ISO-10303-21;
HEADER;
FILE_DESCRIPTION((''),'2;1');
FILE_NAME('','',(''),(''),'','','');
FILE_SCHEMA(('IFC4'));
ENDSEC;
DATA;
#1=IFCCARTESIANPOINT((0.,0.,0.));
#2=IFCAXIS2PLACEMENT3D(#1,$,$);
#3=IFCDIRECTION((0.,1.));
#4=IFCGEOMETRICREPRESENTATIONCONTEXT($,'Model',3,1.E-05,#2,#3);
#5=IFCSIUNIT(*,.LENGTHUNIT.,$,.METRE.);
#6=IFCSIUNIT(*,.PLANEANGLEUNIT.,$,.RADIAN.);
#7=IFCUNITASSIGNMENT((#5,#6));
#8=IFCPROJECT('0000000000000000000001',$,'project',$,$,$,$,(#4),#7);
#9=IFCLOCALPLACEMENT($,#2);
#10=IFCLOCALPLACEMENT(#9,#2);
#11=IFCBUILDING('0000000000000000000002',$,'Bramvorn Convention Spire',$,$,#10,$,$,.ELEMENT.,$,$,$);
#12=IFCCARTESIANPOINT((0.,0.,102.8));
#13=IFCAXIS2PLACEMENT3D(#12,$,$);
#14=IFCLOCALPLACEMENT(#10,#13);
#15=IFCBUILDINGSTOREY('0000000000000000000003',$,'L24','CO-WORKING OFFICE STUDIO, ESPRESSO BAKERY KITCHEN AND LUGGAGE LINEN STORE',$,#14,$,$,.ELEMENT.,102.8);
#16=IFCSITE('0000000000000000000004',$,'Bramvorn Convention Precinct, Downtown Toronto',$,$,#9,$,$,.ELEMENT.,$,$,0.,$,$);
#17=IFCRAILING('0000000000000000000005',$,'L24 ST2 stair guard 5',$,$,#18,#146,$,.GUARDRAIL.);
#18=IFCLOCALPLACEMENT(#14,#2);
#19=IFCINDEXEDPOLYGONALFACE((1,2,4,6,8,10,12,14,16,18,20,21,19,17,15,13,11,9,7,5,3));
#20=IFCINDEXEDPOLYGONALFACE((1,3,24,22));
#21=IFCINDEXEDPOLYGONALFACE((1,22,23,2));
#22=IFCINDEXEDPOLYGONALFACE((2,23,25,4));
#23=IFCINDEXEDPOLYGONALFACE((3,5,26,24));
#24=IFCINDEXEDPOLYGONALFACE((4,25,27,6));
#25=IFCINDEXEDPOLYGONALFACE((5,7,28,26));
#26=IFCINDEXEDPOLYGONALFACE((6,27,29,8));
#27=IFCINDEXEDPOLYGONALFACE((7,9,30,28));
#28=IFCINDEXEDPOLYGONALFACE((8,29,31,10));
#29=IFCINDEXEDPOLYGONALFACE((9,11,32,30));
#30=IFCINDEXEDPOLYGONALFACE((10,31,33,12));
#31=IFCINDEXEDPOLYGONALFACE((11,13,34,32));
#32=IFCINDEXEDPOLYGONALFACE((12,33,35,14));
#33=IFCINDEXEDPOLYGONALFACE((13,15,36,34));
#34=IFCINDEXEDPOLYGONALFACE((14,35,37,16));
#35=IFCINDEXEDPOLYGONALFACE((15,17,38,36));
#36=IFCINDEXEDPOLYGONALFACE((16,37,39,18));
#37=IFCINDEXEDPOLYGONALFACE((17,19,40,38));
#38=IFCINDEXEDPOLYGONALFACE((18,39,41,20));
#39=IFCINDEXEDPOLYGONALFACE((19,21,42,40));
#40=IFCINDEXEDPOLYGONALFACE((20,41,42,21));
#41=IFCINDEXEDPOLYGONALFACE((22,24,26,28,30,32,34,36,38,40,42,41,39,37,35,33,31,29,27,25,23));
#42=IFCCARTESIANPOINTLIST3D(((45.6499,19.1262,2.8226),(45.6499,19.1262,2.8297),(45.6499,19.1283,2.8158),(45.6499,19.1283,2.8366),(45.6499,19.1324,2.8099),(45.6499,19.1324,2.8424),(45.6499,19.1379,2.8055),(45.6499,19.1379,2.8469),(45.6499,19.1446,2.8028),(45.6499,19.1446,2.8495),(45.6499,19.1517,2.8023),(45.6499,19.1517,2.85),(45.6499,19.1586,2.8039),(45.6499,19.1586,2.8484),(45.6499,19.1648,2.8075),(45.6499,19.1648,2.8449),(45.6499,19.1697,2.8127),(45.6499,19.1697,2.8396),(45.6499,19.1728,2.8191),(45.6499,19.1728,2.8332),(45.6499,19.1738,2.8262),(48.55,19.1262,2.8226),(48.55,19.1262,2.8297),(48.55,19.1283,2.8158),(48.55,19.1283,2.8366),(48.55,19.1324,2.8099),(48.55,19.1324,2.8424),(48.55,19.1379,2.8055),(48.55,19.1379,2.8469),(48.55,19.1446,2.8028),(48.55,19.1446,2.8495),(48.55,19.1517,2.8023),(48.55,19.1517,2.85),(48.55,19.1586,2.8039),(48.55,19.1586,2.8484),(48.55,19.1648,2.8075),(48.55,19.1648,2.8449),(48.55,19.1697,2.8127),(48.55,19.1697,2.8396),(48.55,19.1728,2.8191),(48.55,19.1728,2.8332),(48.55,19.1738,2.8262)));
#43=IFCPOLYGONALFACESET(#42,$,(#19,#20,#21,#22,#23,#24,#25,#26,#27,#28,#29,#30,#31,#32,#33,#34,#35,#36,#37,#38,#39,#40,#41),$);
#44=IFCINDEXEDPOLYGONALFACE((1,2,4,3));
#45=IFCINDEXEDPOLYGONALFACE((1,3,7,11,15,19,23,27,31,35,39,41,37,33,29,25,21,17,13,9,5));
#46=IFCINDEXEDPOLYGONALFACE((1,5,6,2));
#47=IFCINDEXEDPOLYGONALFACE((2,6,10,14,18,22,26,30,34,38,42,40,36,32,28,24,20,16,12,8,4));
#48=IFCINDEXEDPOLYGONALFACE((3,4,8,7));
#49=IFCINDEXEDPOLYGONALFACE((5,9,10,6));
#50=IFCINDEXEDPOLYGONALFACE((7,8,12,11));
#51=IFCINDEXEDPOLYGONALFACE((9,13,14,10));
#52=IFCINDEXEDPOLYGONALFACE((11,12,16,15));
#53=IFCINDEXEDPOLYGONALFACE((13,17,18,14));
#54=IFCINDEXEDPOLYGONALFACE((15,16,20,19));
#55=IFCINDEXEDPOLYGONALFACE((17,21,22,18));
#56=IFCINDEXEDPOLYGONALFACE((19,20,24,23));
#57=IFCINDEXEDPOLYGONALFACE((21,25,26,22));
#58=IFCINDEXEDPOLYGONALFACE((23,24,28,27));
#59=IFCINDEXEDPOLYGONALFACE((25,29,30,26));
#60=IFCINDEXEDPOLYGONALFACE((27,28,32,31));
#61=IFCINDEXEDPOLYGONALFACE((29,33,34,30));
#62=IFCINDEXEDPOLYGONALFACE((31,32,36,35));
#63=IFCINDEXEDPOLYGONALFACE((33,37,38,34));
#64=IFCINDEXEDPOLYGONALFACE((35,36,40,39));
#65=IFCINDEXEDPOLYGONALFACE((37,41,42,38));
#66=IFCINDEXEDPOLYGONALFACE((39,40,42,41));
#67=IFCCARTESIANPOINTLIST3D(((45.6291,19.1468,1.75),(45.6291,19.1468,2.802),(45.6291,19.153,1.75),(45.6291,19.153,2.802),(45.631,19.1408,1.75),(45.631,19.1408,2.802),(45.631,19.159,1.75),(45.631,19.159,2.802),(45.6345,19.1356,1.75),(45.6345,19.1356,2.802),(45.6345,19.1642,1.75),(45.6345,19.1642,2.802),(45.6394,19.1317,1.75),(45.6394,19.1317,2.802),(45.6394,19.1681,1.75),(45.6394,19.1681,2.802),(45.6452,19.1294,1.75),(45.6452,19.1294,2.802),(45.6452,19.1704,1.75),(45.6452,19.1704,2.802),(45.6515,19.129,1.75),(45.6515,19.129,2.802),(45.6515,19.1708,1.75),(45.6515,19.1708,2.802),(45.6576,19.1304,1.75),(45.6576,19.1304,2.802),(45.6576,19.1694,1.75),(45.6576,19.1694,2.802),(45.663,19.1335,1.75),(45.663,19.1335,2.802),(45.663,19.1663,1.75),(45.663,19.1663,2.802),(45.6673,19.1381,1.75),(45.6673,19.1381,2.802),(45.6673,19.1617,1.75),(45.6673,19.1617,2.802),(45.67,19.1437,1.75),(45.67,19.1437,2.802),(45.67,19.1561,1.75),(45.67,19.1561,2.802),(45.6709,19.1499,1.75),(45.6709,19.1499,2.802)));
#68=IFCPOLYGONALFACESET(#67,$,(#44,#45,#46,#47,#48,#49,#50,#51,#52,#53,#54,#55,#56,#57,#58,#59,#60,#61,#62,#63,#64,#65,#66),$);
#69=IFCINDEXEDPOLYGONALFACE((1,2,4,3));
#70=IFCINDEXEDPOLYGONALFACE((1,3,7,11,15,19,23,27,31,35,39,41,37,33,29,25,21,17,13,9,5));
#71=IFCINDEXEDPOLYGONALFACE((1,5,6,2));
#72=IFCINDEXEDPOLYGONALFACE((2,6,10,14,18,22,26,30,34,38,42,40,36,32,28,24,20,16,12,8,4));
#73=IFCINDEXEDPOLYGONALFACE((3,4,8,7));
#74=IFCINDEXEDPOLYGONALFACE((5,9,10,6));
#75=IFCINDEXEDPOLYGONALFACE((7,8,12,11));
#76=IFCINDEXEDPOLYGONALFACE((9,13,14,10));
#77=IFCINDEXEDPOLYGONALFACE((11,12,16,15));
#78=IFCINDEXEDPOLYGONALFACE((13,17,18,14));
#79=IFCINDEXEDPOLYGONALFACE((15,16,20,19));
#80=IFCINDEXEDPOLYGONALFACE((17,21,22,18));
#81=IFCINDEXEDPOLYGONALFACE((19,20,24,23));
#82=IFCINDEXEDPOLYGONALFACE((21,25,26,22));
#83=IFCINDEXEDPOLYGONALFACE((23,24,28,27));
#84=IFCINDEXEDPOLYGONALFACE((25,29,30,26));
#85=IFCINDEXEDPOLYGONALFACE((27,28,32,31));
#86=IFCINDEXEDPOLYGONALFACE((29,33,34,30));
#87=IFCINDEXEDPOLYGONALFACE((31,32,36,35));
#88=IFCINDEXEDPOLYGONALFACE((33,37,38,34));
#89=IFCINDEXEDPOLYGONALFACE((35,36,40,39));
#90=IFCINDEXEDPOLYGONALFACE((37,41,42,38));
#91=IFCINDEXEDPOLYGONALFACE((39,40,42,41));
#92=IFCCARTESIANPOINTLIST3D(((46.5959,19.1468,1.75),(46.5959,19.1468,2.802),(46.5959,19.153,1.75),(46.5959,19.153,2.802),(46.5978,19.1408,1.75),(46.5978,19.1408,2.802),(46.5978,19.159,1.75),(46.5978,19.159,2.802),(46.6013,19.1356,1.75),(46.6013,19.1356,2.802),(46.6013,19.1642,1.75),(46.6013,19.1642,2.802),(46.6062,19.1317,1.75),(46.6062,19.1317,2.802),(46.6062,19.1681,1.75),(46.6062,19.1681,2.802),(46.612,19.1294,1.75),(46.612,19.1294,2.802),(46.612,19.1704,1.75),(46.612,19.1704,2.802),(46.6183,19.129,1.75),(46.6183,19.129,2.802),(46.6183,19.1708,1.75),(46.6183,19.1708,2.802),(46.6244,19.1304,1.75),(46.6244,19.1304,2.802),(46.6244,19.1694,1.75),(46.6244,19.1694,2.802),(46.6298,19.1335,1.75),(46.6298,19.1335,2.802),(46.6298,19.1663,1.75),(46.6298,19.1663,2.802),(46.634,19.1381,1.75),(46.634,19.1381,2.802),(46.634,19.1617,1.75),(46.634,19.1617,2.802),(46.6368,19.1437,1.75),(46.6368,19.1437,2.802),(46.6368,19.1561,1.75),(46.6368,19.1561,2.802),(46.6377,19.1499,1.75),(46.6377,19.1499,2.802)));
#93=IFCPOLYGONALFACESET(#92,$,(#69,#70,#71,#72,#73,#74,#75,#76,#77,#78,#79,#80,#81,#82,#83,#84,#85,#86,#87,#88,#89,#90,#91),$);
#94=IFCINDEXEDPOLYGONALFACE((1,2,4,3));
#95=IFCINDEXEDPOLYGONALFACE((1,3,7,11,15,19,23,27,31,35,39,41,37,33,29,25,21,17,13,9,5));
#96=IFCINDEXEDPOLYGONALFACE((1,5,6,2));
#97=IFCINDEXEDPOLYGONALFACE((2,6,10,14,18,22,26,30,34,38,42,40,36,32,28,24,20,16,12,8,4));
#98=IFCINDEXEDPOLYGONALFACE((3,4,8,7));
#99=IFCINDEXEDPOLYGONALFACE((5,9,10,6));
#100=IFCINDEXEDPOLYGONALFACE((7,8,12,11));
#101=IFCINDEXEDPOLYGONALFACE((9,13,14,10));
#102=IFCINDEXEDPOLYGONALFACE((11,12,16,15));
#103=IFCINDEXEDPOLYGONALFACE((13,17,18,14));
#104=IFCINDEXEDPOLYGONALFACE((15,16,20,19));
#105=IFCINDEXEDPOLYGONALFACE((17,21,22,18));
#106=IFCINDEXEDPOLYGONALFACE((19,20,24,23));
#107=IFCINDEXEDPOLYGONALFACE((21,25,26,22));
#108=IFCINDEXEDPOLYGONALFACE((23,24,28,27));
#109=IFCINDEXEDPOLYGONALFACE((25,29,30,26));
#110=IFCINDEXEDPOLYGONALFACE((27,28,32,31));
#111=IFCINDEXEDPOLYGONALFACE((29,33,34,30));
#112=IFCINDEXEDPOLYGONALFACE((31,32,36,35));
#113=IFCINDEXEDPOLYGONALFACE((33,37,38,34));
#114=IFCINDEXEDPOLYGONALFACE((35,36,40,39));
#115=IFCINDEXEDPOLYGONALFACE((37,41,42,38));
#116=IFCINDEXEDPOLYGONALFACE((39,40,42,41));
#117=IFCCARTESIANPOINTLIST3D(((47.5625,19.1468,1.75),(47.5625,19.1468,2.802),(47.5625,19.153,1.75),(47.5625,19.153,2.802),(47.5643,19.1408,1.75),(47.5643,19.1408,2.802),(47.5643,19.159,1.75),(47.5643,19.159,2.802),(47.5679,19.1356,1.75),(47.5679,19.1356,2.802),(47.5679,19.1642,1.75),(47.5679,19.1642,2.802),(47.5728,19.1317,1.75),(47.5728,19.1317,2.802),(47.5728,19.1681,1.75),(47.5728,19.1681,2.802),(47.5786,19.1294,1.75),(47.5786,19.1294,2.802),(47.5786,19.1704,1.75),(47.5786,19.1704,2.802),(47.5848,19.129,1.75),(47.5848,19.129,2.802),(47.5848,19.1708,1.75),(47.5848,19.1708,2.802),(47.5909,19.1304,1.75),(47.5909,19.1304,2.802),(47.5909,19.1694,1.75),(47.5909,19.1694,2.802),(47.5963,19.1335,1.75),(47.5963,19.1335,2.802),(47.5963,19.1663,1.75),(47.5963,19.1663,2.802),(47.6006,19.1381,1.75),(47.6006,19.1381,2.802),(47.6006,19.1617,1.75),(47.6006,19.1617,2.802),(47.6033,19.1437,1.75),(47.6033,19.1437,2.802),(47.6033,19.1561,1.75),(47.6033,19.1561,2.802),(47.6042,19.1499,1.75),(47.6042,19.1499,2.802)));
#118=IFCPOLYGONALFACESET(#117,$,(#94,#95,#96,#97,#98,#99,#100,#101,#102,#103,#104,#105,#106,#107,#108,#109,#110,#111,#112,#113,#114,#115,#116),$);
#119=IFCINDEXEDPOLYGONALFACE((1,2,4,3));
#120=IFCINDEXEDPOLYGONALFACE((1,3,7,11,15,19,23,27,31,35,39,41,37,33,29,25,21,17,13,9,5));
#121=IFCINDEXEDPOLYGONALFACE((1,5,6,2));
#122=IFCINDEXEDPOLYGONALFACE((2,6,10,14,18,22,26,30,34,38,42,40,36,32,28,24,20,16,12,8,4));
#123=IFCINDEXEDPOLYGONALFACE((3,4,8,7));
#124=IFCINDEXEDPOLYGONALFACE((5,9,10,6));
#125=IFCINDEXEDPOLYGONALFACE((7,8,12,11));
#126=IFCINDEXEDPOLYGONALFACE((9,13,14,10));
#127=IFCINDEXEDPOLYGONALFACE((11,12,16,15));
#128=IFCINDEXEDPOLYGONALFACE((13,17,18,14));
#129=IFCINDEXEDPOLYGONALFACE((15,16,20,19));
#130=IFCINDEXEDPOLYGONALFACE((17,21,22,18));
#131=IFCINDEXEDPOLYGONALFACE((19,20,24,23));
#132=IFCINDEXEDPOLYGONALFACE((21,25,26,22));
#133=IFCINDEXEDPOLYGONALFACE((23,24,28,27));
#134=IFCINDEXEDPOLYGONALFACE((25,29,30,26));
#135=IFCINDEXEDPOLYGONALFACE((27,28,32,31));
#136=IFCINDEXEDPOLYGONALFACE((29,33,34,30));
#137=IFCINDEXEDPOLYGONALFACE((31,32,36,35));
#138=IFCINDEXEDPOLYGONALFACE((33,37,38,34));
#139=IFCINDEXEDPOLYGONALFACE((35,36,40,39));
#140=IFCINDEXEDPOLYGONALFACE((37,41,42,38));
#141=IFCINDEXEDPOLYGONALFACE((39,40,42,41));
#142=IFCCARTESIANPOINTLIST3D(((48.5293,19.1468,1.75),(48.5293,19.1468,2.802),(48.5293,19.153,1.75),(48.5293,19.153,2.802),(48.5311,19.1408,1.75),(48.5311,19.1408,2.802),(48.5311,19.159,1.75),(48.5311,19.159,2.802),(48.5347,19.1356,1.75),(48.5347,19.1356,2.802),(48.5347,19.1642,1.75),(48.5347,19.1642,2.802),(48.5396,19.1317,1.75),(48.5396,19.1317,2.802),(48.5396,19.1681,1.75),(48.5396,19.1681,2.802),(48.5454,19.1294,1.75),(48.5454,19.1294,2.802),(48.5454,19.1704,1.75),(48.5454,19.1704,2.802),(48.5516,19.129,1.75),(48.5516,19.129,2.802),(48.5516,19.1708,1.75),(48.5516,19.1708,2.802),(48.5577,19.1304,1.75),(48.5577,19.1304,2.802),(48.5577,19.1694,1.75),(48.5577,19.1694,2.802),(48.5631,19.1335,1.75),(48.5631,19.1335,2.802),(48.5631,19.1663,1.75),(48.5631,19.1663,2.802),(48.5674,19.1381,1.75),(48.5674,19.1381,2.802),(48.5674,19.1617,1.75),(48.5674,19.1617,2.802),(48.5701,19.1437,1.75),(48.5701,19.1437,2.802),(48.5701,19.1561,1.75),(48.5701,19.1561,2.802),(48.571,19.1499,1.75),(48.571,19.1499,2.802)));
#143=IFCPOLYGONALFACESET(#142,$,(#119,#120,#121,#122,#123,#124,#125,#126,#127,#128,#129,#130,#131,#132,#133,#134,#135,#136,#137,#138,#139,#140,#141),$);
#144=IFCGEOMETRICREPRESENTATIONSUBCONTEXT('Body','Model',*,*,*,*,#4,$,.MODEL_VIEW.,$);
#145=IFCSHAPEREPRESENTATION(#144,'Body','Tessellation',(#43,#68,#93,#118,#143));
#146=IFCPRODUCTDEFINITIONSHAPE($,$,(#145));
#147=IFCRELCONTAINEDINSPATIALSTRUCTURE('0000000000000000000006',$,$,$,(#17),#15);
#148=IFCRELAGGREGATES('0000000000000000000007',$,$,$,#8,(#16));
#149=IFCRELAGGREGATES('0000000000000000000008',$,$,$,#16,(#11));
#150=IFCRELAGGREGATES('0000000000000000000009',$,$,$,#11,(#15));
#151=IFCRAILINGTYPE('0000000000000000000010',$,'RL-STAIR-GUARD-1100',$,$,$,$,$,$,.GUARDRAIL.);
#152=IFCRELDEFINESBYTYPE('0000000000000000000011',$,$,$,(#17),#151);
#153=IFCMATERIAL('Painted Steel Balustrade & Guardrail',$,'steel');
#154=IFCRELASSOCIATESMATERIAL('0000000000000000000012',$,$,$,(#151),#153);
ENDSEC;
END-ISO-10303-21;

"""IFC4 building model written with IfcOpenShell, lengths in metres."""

from ifc_helpers import new_model, si_unit, direction, frame, origin, origin_2d, place, context, subcontext, project, spatial, circle, extrude, material, type_object, element, save


model = new_model("IFC4")

# Units and contexts
model_context = context("Model", 3, precision=1e-05, world=origin(), true_north=direction((0.0, 1.0)))
body_context = subcontext(model_context, "Body", "Model", "MODEL_VIEW")
ifc_project = project(units=[si_unit("LENGTHUNIT", "METRE"), si_unit("PLANEANGLEUNIT", "RADIAN")], contexts=[model_context])

# Site, building, storey
site_placement = place(None, origin())
site = spatial("IfcSite", under=ifc_project, at=site_placement, Name="Bramvorn Convention Precinct, Downtown Toronto", CompositionType="ELEMENT", RefElevation=0.0)
building_placement = place(site_placement, origin())
building = spatial("IfcBuilding", under=site, at=building_placement, Name="Bramvorn Convention Spire", CompositionType="ELEMENT")
storey_placement = place(building_placement, frame((0.0, 0.0, 102.8)))
storey = spatial("IfcBuildingStorey", under=building, at=storey_placement, Name="L24", Description="CO-WORKING OFFICE STUDIO, ESPRESSO BAKERY KITCHEN AND LUGGAGE LINEN STORE", CompositionType="ELEMENT", Elevation=102.8)

# Railing
ifc_material_1 = material(Name="Painted Steel Balustrade & Guardrail", Category="steel")
railing_type = type_object("IfcRailingType", Name="RL-STAIR-GUARD-1100", PredefinedType="GUARDRAIL", material=ifc_material_1)
railing_1_placement = place(storey_placement, frame((45.6499, 19.1499, 1.75)))
element("IfcRailing", 1, at=railing_1_placement, inside=storey, type_object=railing_type, Name="L24 ST2 stair guard 5", PredefinedType="GUARDRAIL", context=body_context, shape_type="SweptSolid", body=[
    extrude(circle(Radius=0.0239, at=origin_2d()), frame((0.0, 0.0, 1.0762), z_axis=(1.0, 0.0, 0.0), x_axis=(0.0, 1.0, 0.0)), (0.0, 0.0, 1.0), 2.9001),
    extrude(circle(Radius=0.021, at=origin_2d()), origin(), (0.0, 0.0, 1.0), 1.052),
    extrude(circle(Radius=0.021, at=origin_2d()), frame((0.9668, 0.0, 0.0)), (0.0, 0.0, 1.0), 1.052),
    extrude(circle(Radius=0.021, at=origin_2d()), frame((1.9333, 0.0, 0.0)), (0.0, 0.0, 1.0), 1.052),
    extrude(circle(Radius=0.021, at=origin_2d()), frame((2.9001, 0.0, 0.0)), (0.0, 0.0, 1.0), 1.052),
])

save(model, "model.ifc")
